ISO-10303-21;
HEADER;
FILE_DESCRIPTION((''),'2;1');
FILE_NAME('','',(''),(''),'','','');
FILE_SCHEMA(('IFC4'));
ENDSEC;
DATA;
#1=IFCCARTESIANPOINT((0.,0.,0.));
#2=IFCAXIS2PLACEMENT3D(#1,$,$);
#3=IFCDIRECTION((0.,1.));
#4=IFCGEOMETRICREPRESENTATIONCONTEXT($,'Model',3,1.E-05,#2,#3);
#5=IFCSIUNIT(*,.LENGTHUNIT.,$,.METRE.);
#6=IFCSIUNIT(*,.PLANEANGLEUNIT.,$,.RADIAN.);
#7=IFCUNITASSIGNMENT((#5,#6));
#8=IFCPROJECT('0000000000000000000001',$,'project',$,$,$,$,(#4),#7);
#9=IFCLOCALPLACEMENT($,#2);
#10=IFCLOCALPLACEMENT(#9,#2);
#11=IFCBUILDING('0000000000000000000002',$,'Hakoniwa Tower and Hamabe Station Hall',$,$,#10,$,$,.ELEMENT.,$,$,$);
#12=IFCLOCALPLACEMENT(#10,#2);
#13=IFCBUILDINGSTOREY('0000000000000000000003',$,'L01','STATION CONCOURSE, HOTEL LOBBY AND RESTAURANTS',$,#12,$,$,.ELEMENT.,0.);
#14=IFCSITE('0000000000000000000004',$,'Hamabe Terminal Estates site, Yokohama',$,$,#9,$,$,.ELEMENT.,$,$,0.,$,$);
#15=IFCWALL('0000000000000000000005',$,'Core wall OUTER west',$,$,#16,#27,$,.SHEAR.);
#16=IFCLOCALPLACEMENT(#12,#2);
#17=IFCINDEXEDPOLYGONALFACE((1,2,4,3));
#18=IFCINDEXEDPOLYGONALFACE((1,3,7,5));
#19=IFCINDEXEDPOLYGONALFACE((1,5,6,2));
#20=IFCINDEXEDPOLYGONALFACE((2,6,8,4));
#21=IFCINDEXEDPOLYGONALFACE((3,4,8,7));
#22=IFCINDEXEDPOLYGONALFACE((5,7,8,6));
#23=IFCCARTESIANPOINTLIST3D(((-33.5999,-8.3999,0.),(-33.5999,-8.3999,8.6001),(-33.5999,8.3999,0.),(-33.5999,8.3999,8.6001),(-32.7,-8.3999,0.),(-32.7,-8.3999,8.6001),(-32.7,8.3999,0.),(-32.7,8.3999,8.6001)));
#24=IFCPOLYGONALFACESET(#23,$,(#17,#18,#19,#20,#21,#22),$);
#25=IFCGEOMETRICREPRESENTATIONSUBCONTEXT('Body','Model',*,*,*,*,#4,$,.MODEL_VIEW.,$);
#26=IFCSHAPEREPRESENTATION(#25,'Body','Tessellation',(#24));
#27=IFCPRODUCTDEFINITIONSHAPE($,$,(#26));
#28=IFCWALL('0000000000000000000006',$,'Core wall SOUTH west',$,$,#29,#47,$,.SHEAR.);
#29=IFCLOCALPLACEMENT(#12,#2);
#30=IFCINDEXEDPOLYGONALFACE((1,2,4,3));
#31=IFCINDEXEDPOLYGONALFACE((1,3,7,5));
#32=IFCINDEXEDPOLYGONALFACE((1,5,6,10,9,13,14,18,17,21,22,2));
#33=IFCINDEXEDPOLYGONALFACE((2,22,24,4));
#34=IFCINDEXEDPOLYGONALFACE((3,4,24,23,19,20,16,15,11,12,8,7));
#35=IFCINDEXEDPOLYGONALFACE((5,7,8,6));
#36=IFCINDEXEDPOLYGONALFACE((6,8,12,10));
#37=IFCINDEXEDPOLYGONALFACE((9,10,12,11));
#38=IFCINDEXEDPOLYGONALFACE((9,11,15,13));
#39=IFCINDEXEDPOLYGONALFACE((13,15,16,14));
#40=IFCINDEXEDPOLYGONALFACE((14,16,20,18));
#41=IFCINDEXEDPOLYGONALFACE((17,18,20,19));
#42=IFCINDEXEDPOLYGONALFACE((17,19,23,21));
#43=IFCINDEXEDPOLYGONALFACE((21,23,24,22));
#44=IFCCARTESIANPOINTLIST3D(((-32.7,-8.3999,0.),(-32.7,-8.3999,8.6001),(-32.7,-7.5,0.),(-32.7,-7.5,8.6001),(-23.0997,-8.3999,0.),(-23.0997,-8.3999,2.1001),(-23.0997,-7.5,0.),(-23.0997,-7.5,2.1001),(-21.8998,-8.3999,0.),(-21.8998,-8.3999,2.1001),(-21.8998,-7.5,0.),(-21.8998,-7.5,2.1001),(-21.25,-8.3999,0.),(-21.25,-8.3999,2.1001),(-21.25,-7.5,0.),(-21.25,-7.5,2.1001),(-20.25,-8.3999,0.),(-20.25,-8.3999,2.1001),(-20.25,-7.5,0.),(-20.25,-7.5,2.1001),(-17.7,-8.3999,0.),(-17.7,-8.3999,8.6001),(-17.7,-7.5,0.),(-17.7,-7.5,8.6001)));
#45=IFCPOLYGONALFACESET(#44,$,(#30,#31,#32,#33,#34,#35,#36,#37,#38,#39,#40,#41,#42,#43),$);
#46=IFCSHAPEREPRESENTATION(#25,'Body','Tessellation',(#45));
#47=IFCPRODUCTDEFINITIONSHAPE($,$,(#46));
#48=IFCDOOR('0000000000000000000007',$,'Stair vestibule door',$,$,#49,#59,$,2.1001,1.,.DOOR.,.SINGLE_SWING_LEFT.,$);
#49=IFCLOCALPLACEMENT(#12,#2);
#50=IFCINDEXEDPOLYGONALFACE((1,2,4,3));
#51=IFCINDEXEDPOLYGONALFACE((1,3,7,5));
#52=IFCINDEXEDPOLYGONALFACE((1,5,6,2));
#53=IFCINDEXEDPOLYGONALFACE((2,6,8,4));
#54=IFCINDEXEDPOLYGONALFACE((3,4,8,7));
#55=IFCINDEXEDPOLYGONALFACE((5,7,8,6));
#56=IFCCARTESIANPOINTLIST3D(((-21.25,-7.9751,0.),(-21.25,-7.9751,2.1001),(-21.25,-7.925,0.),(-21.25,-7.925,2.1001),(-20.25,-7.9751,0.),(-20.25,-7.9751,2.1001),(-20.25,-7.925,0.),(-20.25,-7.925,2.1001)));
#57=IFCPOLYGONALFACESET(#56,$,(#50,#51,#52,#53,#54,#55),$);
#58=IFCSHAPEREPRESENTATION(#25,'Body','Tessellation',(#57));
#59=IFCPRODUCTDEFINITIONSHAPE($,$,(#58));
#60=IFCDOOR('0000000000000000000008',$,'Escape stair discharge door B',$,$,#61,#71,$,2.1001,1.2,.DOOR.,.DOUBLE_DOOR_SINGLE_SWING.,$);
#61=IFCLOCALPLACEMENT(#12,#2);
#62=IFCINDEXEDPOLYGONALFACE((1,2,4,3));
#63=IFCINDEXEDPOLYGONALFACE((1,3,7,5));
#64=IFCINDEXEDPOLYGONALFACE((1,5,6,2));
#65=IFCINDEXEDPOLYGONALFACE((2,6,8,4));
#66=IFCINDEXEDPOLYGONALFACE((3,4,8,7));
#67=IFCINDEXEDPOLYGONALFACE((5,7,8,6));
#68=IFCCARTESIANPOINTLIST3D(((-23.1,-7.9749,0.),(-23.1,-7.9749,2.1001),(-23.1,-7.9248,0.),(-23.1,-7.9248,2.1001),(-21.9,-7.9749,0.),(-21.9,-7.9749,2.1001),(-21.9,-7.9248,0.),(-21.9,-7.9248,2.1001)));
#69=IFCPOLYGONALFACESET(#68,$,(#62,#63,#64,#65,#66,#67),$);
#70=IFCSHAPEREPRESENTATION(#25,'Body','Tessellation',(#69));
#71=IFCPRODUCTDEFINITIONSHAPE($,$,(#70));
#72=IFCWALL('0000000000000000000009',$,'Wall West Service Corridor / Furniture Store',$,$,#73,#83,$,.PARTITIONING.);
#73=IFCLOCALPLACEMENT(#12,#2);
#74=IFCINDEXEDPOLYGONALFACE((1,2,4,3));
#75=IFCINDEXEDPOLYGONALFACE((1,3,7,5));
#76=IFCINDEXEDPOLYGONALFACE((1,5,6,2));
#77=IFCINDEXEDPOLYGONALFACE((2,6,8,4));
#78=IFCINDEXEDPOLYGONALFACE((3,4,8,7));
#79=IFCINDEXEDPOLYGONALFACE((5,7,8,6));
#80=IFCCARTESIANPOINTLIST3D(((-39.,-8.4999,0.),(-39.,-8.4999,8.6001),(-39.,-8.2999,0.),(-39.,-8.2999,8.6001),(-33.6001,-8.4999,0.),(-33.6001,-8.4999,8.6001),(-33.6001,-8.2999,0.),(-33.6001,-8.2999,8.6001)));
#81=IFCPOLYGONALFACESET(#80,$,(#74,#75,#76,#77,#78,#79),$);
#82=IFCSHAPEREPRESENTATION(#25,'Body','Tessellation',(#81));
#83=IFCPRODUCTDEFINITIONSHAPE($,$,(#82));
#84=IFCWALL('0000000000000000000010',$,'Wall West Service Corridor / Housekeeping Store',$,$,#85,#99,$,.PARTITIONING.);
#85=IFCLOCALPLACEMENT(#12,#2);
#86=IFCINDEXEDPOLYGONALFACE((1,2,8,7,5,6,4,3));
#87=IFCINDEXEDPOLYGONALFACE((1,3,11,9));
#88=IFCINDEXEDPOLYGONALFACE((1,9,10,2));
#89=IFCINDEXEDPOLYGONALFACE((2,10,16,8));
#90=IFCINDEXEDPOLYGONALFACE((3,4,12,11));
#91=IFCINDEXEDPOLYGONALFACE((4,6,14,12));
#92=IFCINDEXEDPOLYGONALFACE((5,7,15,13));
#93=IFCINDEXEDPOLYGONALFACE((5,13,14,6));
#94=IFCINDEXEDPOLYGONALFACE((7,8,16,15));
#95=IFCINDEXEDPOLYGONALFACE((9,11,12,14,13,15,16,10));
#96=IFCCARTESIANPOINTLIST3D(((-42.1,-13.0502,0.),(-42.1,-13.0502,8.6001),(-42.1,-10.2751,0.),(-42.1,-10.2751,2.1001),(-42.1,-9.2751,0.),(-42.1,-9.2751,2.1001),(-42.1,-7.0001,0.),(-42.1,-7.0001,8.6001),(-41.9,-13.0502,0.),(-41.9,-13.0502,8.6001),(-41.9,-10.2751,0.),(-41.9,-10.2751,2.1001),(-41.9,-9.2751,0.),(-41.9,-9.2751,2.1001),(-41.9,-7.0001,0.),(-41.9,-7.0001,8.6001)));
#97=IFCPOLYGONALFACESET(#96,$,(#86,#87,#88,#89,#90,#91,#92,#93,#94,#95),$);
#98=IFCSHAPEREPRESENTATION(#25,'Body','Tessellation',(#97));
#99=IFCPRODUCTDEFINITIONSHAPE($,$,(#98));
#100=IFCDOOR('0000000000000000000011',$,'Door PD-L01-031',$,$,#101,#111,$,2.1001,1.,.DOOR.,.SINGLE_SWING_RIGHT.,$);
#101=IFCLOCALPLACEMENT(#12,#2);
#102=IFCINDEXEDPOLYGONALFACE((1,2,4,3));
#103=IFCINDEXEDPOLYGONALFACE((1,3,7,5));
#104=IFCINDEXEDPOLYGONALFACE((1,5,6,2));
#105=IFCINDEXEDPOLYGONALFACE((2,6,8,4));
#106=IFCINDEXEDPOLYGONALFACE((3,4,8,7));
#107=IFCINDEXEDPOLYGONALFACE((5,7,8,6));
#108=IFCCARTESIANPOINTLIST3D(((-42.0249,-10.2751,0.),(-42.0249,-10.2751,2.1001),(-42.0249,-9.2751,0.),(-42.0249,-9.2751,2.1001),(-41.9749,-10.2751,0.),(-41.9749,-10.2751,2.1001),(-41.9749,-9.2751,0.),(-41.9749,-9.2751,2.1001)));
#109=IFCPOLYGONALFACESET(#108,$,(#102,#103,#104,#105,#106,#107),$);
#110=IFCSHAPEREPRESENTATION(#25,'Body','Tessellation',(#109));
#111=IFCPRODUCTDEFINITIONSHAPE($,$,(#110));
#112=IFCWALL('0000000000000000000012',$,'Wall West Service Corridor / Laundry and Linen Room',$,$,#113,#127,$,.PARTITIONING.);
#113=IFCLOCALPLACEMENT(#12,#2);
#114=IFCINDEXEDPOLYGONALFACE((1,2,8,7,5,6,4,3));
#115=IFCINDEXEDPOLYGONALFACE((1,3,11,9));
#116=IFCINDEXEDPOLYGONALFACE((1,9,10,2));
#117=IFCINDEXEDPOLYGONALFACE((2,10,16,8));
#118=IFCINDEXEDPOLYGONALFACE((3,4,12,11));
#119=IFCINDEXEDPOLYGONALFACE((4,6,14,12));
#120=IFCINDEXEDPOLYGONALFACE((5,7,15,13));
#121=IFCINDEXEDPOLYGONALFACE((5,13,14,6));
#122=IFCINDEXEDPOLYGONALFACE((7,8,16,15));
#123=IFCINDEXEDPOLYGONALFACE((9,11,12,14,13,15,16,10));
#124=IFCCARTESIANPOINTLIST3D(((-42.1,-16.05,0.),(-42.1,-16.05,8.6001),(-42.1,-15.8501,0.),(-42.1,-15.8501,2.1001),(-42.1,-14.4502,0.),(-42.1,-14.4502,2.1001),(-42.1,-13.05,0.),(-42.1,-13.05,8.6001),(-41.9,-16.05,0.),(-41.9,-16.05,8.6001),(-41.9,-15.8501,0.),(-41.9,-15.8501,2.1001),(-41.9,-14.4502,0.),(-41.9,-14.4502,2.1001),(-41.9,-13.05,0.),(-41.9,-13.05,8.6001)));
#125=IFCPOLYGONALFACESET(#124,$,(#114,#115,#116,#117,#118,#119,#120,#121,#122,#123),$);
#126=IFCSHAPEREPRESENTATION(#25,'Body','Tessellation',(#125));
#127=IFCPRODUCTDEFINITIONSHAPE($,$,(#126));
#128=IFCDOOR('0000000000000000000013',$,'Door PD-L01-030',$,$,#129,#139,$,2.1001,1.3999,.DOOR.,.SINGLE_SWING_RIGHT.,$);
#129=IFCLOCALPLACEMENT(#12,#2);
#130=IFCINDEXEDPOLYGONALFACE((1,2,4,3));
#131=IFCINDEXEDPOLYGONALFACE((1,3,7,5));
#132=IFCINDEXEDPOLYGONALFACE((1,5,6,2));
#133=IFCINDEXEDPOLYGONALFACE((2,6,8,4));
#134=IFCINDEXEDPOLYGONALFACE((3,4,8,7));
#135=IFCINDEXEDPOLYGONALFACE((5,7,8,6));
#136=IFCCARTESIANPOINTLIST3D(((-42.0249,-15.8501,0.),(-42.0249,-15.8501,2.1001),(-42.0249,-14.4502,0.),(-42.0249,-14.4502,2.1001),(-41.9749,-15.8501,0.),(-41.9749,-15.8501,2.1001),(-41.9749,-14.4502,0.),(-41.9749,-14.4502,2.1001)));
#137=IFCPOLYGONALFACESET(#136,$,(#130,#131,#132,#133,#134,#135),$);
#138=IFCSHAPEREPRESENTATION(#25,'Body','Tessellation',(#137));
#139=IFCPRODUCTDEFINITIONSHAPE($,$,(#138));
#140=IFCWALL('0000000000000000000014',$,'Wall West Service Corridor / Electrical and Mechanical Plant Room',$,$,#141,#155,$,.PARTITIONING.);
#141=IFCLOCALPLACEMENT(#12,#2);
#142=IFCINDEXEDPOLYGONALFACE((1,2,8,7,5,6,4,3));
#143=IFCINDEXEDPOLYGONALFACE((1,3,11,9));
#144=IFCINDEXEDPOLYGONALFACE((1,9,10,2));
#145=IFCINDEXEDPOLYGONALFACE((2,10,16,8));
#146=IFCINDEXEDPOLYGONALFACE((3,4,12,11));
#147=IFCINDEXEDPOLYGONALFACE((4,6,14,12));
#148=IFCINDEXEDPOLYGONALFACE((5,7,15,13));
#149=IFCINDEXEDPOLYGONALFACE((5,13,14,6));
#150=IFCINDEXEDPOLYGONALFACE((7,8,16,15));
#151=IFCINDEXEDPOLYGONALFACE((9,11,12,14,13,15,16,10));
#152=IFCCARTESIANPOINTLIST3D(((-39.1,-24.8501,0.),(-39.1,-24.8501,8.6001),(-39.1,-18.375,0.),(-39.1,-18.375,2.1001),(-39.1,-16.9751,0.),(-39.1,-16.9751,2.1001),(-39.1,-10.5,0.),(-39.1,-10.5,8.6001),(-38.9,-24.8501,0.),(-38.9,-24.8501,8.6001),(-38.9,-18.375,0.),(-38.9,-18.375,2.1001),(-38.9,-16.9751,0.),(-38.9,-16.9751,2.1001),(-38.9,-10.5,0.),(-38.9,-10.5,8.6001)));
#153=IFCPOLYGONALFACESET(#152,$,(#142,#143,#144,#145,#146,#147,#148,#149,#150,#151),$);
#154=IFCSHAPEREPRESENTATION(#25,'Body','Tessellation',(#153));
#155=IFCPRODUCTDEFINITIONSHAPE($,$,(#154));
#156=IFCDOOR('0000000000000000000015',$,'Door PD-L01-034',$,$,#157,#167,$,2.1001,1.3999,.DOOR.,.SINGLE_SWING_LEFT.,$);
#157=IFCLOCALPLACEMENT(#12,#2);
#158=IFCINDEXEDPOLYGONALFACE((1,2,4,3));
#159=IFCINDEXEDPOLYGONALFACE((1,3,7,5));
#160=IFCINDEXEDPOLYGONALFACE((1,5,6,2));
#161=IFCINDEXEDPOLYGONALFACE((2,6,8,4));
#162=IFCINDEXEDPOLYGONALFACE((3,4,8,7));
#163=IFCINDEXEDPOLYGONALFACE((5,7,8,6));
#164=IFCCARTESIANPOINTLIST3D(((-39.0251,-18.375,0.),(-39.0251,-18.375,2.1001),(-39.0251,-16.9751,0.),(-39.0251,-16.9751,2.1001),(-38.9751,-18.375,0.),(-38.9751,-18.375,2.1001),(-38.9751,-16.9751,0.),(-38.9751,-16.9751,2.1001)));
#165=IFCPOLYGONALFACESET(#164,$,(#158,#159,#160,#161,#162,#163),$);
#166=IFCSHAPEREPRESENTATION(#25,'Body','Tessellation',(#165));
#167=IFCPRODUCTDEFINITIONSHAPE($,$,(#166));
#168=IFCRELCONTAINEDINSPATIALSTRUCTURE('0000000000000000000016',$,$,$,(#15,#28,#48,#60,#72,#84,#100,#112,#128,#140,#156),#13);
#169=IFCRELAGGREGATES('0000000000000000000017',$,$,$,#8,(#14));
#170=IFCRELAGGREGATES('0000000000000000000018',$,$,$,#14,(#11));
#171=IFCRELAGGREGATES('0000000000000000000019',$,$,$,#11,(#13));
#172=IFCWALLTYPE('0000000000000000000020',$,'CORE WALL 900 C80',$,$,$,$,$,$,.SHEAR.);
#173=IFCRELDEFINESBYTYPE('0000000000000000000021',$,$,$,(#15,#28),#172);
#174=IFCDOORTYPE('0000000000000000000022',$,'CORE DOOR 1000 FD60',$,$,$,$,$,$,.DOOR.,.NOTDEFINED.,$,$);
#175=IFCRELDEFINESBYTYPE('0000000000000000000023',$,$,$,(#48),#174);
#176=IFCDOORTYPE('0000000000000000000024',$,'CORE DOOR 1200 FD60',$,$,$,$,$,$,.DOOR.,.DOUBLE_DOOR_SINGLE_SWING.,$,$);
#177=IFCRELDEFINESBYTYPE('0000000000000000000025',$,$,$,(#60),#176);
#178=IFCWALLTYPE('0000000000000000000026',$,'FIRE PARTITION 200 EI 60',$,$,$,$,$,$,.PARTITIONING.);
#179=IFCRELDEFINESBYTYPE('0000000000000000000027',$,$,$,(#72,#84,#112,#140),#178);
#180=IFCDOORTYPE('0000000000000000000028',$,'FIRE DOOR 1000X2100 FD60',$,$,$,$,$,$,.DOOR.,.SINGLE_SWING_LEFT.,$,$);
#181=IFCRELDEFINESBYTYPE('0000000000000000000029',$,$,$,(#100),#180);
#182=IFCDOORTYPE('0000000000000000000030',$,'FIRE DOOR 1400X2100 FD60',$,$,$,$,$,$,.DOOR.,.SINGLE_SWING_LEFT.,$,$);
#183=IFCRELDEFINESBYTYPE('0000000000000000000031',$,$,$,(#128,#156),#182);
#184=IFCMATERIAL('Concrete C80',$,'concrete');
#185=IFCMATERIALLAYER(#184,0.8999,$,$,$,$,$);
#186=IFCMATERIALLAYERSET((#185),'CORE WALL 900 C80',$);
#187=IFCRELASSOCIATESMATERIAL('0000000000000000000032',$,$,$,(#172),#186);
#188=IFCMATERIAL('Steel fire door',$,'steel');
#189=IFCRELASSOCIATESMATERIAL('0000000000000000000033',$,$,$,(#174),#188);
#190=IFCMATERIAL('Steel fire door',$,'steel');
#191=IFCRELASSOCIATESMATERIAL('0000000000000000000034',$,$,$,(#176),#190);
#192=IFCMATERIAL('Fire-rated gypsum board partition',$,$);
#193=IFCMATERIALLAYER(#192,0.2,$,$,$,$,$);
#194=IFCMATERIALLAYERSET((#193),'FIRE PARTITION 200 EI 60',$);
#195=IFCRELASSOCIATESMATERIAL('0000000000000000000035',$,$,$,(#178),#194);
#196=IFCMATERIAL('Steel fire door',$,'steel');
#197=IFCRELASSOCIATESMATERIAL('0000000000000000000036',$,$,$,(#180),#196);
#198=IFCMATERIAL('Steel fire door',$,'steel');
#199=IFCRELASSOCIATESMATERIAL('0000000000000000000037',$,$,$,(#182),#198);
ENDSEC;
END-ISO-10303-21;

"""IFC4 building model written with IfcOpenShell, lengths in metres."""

from ifc_helpers import new_model, si_unit, direction, frame, frame_2d, origin, place, context, subcontext, project, spatial, rectangle, extrude, material, layer, layer_set, type_object, element, fill, save


model = new_model("IFC4")

# Units and contexts
model_context = context("Model", 3, precision=1e-05, world=origin(), true_north=direction((0.0, 1.0)))
body_context = subcontext(model_context, "Body", "Model", "MODEL_VIEW")
ifc_project = project(units=[si_unit("LENGTHUNIT", "METRE"), si_unit("PLANEANGLEUNIT", "RADIAN")], contexts=[model_context])

# Site, building, storey
site_placement = place(None, origin())
site = spatial("IfcSite", under=ifc_project, at=site_placement, Name="Hamabe Terminal Estates site, Yokohama", CompositionType="ELEMENT", RefElevation=0.0)
building_placement = place(site_placement, origin())
building = spatial("IfcBuilding", under=site, at=building_placement, Name="Hakoniwa Tower and Hamabe Station Hall", CompositionType="ELEMENT")
storey_placement = place(building_placement, origin())
storey = spatial("IfcBuildingStorey", under=building, at=storey_placement, Name="L01", Description="STATION CONCOURSE, HOTEL LOBBY AND RESTAURANTS", CompositionType="ELEMENT", Elevation=0.0)

# Wall
ifc_material_1 = material(Name="Concrete C80", Category="concrete")
ifc_layer_1 = layer(ifc_material_1, 0.8999)
ifc_layer_set_1 = layer_set([ifc_layer_1], Name="CORE WALL 900 C80")
wall_type_1 = type_object("IfcWallType", Name="CORE WALL 900 C80", PredefinedType="SHEAR", material=ifc_layer_set_1)
wall_1_placement = place(storey_placement, frame((-33.1499, -8.3999, 0.0), z_axis=(0.0, 0.0, 1.0), x_axis=(0.0, 1.0, 0.0)))
element("IfcWall", 1, at=wall_1_placement, inside=storey, type_object=wall_type_1, Name="Core wall OUTER west", PredefinedType="SHEAR", context=body_context, shape_type="SweptSolid", body=[
    extrude(rectangle(XDim=16.7998, YDim=0.8999, at=frame_2d((8.3999, 0.0))), origin(), (0.0, 0.0, 1.0), 8.6001),
])

# Wall, openings, doors
wall_2_placement = place(storey_placement, frame((-32.7, -7.95, 0.0), z_axis=(0.0, 0.0, 1.0), x_axis=(1.0, 0.0, 0.0)))
wall_2 = element("IfcWall", 2, at=wall_2_placement, inside=storey, type_object=wall_type_1, Name="Core wall SOUTH west", PredefinedType="SHEAR", context=body_context, shape_type="SweptSolid", body=[
    extrude(rectangle(XDim=15.0, YDim=0.8999, at=frame_2d((7.5, 0.0))), origin(), (0.0, 0.0, 1.0), 8.6001),
])
opening_1_placement = place(wall_2_placement, frame((11.45, 0.0, 0.0)))
opening_1 = element("IfcOpeningElement", 3, at=opening_1_placement, cuts=wall_2, PredefinedType="OPENING", context=body_context, shape_type="SweptSolid", body=[
    extrude(rectangle(XDim=1.0, YDim=2.1001, at=frame_2d((0.5, 1.05))), frame((0.0, 0.46, 0.0), z_axis=(0.0, -1.0, 0.0), x_axis=(1.0, 0.0, 0.0)), (0.0, 0.0, 1.0), 0.9199),
])
opening_2_placement = place(wall_2_placement, frame((9.6001, 0.0, 0.0)))
opening_2 = element("IfcOpeningElement", 4, at=opening_2_placement, cuts=wall_2, PredefinedType="OPENING", context=body_context, shape_type="SweptSolid", body=[
    extrude(rectangle(XDim=1.2, YDim=2.1001, at=frame_2d((0.6001, 1.05))), frame((0.0, 0.46, 0.0), z_axis=(0.0, -1.0, 0.0), x_axis=(1.0, 0.0, 0.0)), (0.0, 0.0, 1.0), 0.9199),
])
ifc_material_2 = material(Name="Steel fire door", Category="steel")
door_type_1 = type_object("IfcDoorType", Name="CORE DOOR 1000 FD60", OperationType="NOTDEFINED", PredefinedType="DOOR", material=ifc_material_2)
door_1_placement = place(opening_1_placement, origin())
door_1 = element("IfcDoor", 5, at=door_1_placement, inside=storey, type_object=door_type_1, Name="Stair vestibule door", OperationType="SINGLE_SWING_LEFT", OverallHeight=2.1001, OverallWidth=1.0, PredefinedType="DOOR", context=body_context, shape_type="SweptSolid", body=[
    extrude(rectangle(XDim=1.0, YDim=2.1001, at=frame_2d((0.5, 1.05))), frame((0.0, 0.0249, 0.0), z_axis=(0.0, -1.0, 0.0), x_axis=(1.0, 0.0, 0.0)), (0.0, 0.0, 1.0), 0.05),
])
fill(opening_1, door_1)
ifc_material_3 = material(Name="Steel fire door", Category="steel")
door_type_2 = type_object("IfcDoorType", Name="CORE DOOR 1200 FD60", OperationType="DOUBLE_DOOR_SINGLE_SWING", PredefinedType="DOOR", material=ifc_material_3)
door_2_placement = place(opening_2_placement, frame((1.2, 0.0, 0.0), z_axis=(0.0, 0.0, 1.0), x_axis=(-1.0, 0.0, 0.0)))
door_2 = element("IfcDoor", 6, at=door_2_placement, inside=storey, type_object=door_type_2, Name="Escape stair discharge door B", OperationType="DOUBLE_DOOR_SINGLE_SWING", OverallHeight=2.1001, OverallWidth=1.2, PredefinedType="DOOR", context=body_context, shape_type="SweptSolid", body=[
    extrude(rectangle(XDim=1.2, YDim=2.1001, at=frame_2d((0.6001, 1.05))), frame((0.0, 0.0249, 0.0), z_axis=(0.0, -1.0, 0.0), x_axis=(1.0, 0.0, 0.0)), (0.0, 0.0, 1.0), 0.05),
])
fill(opening_2, door_2)

# Wall
ifc_material_4 = material(Name="Fire-rated gypsum board partition")
ifc_layer_2 = layer(ifc_material_4, 0.2)
ifc_layer_set_2 = layer_set([ifc_layer_2], Name="FIRE PARTITION 200 EI 60")
wall_type_2 = type_object("IfcWallType", Name="FIRE PARTITION 200 EI 60", PredefinedType="PARTITIONING", material=ifc_layer_set_2)
wall_3_placement = place(storey_placement, frame((-39.0, -8.3999, 0.0), z_axis=(0.0, 0.0, 1.0), x_axis=(1.0, 0.0, 0.0)))
element("IfcWall", 7, at=wall_3_placement, inside=storey, type_object=wall_type_2, Name="Wall West Service Corridor / Furniture Store", PredefinedType="PARTITIONING", context=body_context, shape_type="SweptSolid", body=[
    extrude(rectangle(XDim=5.3999, YDim=0.2, at=frame_2d((2.7, 0.0))), origin(), (0.0, 0.0, 1.0), 8.6001),
])

# Walls, openings, doors
wall_4_placement = place(storey_placement, frame((-42.0, -13.05, 0.0), z_axis=(0.0, 0.0, 1.0), x_axis=(0.0, 1.0, 0.0)))
wall_4 = element("IfcWall", 8, at=wall_4_placement, inside=storey, type_object=wall_type_2, Name="Wall West Service Corridor / Housekeeping Store", PredefinedType="PARTITIONING", context=body_context, shape_type="SweptSolid", body=[
    extrude(rectangle(XDim=6.05, YDim=0.2, at=frame_2d((3.0249, 0.0))), origin(), (0.0, 0.0, 1.0), 8.6001),
])
opening_3_placement = place(wall_4_placement, frame((2.7749, 0.0, 0.0)))
opening_3 = element("IfcOpeningElement", 9, at=opening_3_placement, cuts=wall_4, PredefinedType="OPENING", context=body_context, shape_type="SweptSolid", body=[
    extrude(rectangle(XDim=1.0, YDim=2.1001, at=frame_2d((0.5, 1.05))), frame((0.0, 0.1099, 0.0), z_axis=(0.0, -1.0, 0.0), x_axis=(1.0, 0.0, 0.0)), (0.0, 0.0, 1.0), 0.22),
])
ifc_material_5 = material(Name="Steel fire door", Category="steel")
door_type_3 = type_object("IfcDoorType", Name="FIRE DOOR 1000X2100 FD60", OperationType="SINGLE_SWING_LEFT", PredefinedType="DOOR", material=ifc_material_5)
door_3_placement = place(opening_3_placement, origin())
door_3 = element("IfcDoor", 10, at=door_3_placement, inside=storey, type_object=door_type_3, Name="Door PD-L01-031", OperationType="SINGLE_SWING_RIGHT", OverallHeight=2.1001, OverallWidth=1.0, PredefinedType="DOOR", context=body_context, shape_type="SweptSolid", body=[
    extrude(rectangle(XDim=1.0, YDim=2.1001, at=frame_2d((0.5, 1.05))), frame((0.0, 0.0249, 0.0), z_axis=(0.0, -1.0, 0.0), x_axis=(1.0, 0.0, 0.0)), (0.0, 0.0, 1.0), 0.05),
])
fill(opening_3, door_3)
wall_5_placement = place(storey_placement, frame((-42.0, -16.05, 0.0), z_axis=(0.0, 0.0, 1.0), x_axis=(0.0, 1.0, 0.0)))
wall_5 = element("IfcWall", 11, at=wall_5_placement, inside=storey, type_object=wall_type_2, Name="Wall West Service Corridor / Laundry and Linen Room", PredefinedType="PARTITIONING", context=body_context, shape_type="SweptSolid", body=[
    extrude(rectangle(XDim=3.0, YDim=0.2, at=frame_2d((1.5, 0.0))), origin(), (0.0, 0.0, 1.0), 8.6001),
])
opening_4_placement = place(wall_5_placement, frame((0.2, 0.0, 0.0)))
opening_4 = element("IfcOpeningElement", 12, at=opening_4_placement, cuts=wall_5, PredefinedType="OPENING", context=body_context, shape_type="SweptSolid", body=[
    extrude(rectangle(XDim=1.3999, YDim=2.1001, at=frame_2d((0.7, 1.05))), frame((0.0, 0.1099, 0.0), z_axis=(0.0, -1.0, 0.0), x_axis=(1.0, 0.0, 0.0)), (0.0, 0.0, 1.0), 0.22),
])
ifc_material_6 = material(Name="Steel fire door", Category="steel")
door_type_4 = type_object("IfcDoorType", Name="FIRE DOOR 1400X2100 FD60", OperationType="SINGLE_SWING_LEFT", PredefinedType="DOOR", material=ifc_material_6)
door_4_placement = place(opening_4_placement, origin())
door_4 = element("IfcDoor", 13, at=door_4_placement, inside=storey, type_object=door_type_4, Name="Door PD-L01-030", OperationType="SINGLE_SWING_RIGHT", OverallHeight=2.1001, OverallWidth=1.3999, PredefinedType="DOOR", context=body_context, shape_type="SweptSolid", body=[
    extrude(rectangle(XDim=1.3999, YDim=2.1001, at=frame_2d((0.7, 1.05))), frame((0.0, 0.0249, 0.0), z_axis=(0.0, -1.0, 0.0), x_axis=(1.0, 0.0, 0.0)), (0.0, 0.0, 1.0), 0.05),
])
fill(opening_4, door_4)
wall_6_placement = place(storey_placement, frame((-39.0, -10.5, 0.0), z_axis=(0.0, 0.0, 1.0), x_axis=(0.0, -1.0, 0.0)))
wall_6 = element("IfcWall", 14, at=wall_6_placement, inside=storey, type_object=wall_type_2, Name="Wall West Service Corridor / Electrical and Mechanical Plant Room", PredefinedType="PARTITIONING", context=body_context, shape_type="SweptSolid", body=[
    extrude(rectangle(XDim=14.3501, YDim=0.2, at=frame_2d((7.175, 0.0))), origin(), (0.0, 0.0, 1.0), 8.6001),
])
opening_5_placement = place(wall_6_placement, frame((6.4751, 0.0, 0.0)))
opening_5 = element("IfcOpeningElement", 15, at=opening_5_placement, cuts=wall_6, PredefinedType="OPENING", context=body_context, shape_type="SweptSolid", body=[
    extrude(rectangle(XDim=1.3999, YDim=2.1001, at=frame_2d((0.7, 1.05))), frame((0.0, 0.1099, 0.0), z_axis=(0.0, -1.0, 0.0), x_axis=(1.0, 0.0, 0.0)), (0.0, 0.0, 1.0), 0.22),
])
door_5_placement = place(opening_5_placement, origin())
door_5 = element("IfcDoor", 16, at=door_5_placement, inside=storey, type_object=door_type_4, Name="Door PD-L01-034", OperationType="SINGLE_SWING_LEFT", OverallHeight=2.1001, OverallWidth=1.3999, PredefinedType="DOOR", context=body_context, shape_type="SweptSolid", body=[
    extrude(rectangle(XDim=1.3999, YDim=2.1001, at=frame_2d((0.7, 1.05))), frame((0.0, 0.0249, 0.0), z_axis=(0.0, -1.0, 0.0), x_axis=(1.0, 0.0, 0.0)), (0.0, 0.0, 1.0), 0.05),
])
fill(opening_5, door_5)

save(model, "model.ifc")
